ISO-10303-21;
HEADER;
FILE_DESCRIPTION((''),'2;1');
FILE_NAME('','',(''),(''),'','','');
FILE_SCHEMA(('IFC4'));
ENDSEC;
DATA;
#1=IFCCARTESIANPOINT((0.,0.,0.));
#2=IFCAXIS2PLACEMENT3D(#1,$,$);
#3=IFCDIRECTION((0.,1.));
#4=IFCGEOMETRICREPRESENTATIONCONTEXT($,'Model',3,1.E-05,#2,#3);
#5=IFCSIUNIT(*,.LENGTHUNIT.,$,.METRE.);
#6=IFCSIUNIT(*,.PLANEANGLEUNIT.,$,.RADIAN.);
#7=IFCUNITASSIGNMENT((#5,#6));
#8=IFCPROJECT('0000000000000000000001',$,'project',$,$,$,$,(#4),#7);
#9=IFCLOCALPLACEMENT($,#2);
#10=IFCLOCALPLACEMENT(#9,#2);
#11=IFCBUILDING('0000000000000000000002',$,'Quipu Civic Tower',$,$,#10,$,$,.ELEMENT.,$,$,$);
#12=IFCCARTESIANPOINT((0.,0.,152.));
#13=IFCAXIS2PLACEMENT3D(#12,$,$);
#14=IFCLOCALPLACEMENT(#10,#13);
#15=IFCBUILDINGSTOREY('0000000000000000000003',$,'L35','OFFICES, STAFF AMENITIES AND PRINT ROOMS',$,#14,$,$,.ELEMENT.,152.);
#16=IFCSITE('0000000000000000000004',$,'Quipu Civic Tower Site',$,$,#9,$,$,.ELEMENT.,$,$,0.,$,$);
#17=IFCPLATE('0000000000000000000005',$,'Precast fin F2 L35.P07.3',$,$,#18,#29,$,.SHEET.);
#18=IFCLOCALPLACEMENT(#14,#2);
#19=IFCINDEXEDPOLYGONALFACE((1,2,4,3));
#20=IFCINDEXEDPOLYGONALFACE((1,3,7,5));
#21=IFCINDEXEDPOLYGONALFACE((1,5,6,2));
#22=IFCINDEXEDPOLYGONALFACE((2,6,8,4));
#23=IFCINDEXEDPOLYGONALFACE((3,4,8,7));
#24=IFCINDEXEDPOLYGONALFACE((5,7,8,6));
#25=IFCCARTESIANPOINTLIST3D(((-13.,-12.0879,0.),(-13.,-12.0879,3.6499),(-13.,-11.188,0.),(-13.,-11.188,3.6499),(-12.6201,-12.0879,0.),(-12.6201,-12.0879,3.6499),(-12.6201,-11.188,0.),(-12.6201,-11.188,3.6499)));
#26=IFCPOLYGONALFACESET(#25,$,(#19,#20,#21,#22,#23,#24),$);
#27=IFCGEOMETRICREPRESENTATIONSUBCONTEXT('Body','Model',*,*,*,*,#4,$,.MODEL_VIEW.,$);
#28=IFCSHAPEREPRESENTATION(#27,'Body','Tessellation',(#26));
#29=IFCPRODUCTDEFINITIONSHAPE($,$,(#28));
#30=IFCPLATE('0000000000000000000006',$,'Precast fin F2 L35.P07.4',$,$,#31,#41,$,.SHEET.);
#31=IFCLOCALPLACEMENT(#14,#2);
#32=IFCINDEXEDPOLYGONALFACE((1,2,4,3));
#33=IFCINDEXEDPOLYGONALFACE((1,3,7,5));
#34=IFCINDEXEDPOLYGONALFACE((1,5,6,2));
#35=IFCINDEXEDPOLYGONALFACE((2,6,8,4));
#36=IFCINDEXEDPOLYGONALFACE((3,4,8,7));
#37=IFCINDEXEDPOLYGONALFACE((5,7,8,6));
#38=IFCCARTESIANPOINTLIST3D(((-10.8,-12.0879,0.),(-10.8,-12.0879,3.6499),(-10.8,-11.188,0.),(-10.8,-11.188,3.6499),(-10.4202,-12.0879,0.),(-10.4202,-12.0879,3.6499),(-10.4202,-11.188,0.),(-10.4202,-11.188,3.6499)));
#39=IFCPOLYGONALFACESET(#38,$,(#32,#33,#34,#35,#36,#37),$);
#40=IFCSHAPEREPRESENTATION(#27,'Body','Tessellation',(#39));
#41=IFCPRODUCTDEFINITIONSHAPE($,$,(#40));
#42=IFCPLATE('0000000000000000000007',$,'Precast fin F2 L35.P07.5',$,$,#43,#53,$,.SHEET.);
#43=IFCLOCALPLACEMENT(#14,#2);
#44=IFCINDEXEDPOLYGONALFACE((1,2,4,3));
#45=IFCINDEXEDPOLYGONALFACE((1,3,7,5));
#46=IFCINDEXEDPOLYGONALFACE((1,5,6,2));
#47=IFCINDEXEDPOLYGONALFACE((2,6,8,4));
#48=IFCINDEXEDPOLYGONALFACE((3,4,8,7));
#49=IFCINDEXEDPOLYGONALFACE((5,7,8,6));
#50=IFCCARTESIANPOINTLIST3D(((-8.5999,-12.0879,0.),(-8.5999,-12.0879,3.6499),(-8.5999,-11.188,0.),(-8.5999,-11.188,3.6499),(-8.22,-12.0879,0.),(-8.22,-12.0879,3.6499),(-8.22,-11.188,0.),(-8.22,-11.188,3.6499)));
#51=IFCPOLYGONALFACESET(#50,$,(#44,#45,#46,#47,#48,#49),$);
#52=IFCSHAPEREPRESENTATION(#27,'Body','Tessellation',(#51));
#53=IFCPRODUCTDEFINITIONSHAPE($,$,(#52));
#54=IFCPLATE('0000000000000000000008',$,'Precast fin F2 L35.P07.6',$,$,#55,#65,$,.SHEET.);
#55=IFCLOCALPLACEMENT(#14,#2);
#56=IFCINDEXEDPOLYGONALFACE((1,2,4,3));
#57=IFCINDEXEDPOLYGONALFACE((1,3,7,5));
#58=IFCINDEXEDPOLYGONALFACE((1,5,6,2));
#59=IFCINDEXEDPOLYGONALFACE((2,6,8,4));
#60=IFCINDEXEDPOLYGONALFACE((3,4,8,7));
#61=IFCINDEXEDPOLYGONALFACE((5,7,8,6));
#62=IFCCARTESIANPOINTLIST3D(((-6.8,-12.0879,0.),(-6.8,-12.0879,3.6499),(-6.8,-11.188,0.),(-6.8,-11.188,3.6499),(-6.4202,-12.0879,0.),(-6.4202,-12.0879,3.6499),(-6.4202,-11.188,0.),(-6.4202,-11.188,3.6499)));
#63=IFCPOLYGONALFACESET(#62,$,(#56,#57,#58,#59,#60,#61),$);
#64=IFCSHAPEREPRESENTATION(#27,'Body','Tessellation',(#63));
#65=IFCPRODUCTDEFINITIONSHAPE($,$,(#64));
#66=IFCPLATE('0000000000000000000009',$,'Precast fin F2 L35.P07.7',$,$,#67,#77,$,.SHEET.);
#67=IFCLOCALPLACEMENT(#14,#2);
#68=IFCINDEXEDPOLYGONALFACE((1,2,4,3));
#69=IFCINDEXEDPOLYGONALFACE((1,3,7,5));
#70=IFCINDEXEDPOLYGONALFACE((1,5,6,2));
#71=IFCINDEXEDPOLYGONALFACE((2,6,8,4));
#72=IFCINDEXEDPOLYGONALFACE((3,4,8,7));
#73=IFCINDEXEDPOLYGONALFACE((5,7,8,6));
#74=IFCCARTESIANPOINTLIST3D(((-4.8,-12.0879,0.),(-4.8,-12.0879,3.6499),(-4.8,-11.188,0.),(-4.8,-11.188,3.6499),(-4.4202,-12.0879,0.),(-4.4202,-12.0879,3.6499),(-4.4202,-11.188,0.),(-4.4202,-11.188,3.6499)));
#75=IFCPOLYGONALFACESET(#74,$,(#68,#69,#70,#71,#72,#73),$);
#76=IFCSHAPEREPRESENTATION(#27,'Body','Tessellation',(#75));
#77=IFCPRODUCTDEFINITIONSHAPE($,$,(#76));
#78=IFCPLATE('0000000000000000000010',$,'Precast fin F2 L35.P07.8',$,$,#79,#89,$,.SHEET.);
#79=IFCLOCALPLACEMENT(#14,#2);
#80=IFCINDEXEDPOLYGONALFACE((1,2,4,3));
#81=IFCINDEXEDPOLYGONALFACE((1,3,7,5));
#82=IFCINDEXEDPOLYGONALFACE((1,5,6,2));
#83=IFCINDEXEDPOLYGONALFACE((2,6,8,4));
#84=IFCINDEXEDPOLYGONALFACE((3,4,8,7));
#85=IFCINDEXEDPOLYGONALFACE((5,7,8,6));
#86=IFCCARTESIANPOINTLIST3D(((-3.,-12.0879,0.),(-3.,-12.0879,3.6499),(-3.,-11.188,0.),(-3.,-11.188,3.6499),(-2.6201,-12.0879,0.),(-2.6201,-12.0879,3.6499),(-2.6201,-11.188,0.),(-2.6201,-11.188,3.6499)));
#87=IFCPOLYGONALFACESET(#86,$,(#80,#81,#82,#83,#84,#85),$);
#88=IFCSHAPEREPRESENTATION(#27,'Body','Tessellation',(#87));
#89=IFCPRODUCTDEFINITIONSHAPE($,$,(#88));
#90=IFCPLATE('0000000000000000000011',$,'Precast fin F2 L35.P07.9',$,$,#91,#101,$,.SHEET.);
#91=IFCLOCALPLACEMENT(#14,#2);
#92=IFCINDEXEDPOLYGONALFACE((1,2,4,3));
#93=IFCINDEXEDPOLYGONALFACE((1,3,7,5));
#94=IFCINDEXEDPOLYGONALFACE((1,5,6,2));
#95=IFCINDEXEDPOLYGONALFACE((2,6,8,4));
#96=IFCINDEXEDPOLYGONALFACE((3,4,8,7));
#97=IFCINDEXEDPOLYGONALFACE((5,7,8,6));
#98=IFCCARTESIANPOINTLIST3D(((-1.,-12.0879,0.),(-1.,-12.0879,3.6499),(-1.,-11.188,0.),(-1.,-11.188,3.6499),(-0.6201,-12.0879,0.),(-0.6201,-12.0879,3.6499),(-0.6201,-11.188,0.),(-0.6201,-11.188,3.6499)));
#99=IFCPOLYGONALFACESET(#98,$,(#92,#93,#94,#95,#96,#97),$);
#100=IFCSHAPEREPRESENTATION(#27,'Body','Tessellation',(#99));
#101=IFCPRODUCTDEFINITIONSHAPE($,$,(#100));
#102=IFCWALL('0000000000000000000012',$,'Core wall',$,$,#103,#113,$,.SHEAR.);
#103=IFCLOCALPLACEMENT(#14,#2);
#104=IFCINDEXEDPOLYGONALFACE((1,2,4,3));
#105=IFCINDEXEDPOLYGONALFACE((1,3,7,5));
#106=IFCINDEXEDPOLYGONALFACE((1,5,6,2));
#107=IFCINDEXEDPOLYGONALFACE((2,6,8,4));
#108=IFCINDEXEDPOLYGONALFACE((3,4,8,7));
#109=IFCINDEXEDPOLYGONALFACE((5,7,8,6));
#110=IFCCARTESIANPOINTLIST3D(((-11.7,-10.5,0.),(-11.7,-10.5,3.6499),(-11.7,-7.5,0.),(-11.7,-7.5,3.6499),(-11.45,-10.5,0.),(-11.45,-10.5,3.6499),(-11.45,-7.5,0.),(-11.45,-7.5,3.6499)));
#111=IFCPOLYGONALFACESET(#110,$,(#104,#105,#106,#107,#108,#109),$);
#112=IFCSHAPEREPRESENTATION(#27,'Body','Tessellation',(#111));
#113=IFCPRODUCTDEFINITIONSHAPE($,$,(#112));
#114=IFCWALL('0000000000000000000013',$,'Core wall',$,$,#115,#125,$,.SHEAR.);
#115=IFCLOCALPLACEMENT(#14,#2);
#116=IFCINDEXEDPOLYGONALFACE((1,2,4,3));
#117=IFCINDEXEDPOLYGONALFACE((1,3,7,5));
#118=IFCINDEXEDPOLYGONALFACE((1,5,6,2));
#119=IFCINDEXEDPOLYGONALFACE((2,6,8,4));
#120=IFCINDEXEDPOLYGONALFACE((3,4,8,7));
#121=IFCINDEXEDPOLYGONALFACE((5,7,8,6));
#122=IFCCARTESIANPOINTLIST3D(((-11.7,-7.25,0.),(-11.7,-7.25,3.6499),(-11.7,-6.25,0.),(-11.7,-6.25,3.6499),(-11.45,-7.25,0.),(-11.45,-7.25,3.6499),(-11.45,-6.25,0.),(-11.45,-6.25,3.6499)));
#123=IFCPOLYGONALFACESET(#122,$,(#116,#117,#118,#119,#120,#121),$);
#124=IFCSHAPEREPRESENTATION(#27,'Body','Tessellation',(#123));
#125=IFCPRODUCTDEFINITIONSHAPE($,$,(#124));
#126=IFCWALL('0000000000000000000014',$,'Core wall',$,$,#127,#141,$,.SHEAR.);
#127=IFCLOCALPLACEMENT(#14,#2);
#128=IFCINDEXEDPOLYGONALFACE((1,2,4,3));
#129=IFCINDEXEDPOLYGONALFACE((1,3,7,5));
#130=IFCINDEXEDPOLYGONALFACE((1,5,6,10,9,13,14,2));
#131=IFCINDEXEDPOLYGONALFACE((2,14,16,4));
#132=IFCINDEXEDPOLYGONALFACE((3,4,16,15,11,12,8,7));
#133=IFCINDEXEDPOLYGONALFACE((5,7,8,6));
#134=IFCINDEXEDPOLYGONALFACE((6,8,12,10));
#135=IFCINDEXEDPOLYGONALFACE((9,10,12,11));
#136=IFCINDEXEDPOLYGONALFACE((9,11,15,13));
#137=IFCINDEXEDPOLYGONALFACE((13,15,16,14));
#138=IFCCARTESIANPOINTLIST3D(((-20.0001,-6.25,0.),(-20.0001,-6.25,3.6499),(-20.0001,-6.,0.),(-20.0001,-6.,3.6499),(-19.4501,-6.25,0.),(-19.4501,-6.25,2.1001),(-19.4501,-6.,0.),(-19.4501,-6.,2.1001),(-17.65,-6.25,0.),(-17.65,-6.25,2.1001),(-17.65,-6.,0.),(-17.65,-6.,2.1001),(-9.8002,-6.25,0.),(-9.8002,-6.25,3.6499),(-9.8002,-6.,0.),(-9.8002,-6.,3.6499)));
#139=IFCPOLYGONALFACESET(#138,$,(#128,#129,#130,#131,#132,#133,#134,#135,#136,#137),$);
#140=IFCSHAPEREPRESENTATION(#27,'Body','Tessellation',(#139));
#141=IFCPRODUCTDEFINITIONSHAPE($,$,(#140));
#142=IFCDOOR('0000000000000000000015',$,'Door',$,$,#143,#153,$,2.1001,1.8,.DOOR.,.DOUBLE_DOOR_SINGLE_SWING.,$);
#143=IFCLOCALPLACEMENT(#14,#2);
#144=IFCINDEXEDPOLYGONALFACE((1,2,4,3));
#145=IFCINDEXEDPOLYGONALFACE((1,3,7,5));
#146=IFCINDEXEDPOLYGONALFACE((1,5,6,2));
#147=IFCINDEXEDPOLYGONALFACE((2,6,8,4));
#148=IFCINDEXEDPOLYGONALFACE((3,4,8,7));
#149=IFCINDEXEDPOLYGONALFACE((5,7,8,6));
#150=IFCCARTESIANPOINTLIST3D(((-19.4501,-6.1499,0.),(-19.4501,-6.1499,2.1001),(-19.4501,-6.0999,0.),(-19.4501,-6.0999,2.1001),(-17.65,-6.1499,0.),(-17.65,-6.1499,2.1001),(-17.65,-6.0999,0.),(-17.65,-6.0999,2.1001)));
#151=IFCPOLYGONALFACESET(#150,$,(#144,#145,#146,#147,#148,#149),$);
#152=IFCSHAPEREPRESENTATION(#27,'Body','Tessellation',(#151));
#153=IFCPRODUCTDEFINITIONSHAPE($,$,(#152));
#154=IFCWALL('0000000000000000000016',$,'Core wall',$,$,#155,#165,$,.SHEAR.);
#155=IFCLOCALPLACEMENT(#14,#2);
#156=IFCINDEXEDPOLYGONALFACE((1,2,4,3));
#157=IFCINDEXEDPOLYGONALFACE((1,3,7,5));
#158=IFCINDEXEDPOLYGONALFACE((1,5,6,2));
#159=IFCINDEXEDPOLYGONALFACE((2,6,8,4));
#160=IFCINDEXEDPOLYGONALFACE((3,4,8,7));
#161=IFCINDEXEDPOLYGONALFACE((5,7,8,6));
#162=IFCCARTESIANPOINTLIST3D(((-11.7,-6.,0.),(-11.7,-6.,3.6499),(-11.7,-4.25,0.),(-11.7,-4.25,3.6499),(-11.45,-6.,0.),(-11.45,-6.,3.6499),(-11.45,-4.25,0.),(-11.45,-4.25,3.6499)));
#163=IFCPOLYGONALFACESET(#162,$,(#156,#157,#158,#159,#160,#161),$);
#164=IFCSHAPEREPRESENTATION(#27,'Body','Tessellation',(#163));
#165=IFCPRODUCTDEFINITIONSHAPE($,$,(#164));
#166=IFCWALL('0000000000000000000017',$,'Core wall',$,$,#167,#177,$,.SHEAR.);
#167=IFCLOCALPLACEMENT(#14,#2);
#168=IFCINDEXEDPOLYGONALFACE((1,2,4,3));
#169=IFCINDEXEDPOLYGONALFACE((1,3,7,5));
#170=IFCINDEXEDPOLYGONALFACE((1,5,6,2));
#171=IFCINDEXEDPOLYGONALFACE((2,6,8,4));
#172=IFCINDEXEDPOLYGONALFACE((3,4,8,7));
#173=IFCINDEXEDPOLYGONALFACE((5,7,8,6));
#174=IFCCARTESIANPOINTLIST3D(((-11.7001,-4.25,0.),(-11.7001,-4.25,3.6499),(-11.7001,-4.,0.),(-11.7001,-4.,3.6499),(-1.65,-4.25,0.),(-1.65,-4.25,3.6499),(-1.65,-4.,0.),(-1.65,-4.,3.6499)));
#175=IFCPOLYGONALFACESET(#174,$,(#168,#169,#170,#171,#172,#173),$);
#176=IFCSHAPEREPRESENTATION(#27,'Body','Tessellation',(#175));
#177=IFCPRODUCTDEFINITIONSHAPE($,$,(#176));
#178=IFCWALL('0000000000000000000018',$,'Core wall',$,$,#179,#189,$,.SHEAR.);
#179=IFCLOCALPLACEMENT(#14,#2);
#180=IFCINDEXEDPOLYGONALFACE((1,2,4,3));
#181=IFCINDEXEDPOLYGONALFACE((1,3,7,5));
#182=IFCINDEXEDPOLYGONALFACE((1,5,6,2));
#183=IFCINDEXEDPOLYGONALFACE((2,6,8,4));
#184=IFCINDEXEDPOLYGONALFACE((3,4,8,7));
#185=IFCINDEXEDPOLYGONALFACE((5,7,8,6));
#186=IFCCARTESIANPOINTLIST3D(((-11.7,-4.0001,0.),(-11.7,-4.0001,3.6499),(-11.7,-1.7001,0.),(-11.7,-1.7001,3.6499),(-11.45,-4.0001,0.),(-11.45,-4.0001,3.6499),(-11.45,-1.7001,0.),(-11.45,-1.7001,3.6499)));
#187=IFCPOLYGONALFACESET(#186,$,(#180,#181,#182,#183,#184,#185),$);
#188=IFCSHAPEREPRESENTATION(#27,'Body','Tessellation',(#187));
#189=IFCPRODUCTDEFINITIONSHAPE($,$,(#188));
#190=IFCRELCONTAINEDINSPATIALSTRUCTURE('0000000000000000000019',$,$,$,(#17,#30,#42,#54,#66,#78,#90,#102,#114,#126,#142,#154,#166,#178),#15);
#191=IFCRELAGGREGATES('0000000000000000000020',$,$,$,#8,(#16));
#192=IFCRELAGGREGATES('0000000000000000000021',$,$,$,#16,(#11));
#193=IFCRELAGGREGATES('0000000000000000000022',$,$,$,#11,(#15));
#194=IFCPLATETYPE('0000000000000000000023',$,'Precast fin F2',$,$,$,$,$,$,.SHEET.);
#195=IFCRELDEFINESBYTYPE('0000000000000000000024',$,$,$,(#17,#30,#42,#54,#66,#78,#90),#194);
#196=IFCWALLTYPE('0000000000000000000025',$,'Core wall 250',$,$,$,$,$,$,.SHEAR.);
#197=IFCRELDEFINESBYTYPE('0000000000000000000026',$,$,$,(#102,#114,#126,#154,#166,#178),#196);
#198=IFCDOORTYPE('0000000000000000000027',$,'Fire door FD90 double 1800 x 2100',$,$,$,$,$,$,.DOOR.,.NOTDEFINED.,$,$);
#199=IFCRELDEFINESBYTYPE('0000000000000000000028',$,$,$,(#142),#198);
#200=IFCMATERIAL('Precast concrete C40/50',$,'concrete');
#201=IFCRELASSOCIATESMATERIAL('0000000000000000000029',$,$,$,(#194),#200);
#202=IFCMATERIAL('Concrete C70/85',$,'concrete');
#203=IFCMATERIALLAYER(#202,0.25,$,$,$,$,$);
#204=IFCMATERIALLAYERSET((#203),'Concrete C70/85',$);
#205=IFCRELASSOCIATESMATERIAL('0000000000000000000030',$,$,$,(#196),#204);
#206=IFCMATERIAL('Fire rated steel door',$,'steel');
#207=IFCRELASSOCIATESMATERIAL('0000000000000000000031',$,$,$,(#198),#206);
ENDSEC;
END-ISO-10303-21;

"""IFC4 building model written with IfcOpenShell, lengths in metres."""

from ifc_helpers import new_model, si_unit, direction, frame, frame_2d, origin, origin_2d, place, context, subcontext, project, spatial, rectangle, extrude, material, layer, layer_set, type_object, element, fill, save


model = new_model("IFC4")

# Units and contexts
model_context = context("Model", 3, precision=1e-05, world=origin(), true_north=direction((0.0, 1.0)))
body_context = subcontext(model_context, "Body", "Model", "MODEL_VIEW")
ifc_project = project(units=[si_unit("LENGTHUNIT", "METRE"), si_unit("PLANEANGLEUNIT", "RADIAN")], contexts=[model_context])

# Site, building, storey
site_placement = place(None, origin())
site = spatial("IfcSite", under=ifc_project, at=site_placement, Name="Quipu Civic Tower Site", CompositionType="ELEMENT", RefElevation=0.0)
building_placement = place(site_placement, origin())
building = spatial("IfcBuilding", under=site, at=building_placement, Name="Quipu Civic Tower", CompositionType="ELEMENT")
storey_placement = place(building_placement, frame((0.0, 0.0, 152.0)))
storey = spatial("IfcBuildingStorey", under=building, at=storey_placement, Name="L35", Description="OFFICES, STAFF AMENITIES AND PRINT ROOMS", CompositionType="ELEMENT", Elevation=152.0)

# Plates
ifc_material_1 = material(Name="Precast concrete C40/50", Category="concrete")
plate_type = type_object("IfcPlateType", Name="Precast fin F2", PredefinedType="SHEET", material=ifc_material_1)
for number, where, z_axis, x_axis, name in (
    (1, (-12.8101, -11.6379, 0.0), (0.0, 0.0, 1.0), (1.0, 0.0, 0.0), "Precast fin F2 L35.P07.3"),
    (2, (-10.6101, -11.6379, 0.0), (0.0, 0.0, 1.0), (1.0, 0.0, 0.0), "Precast fin F2 L35.P07.4"),
    (3, (-8.4099, -11.6379, 0.0), (0.0, 0.0, 1.0), (1.0, 0.0, 0.0), "Precast fin F2 L35.P07.5"),
    (4, (-6.6101, -11.6379, 0.0), (0.0, 0.0, 1.0), (1.0, 0.0, 0.0), "Precast fin F2 L35.P07.6"),
    (5, (-4.6101, -11.6379, 0.0), (0.0, 0.0, 1.0), (1.0, 0.0, 0.0), "Precast fin F2 L35.P07.7"),
    (6, (-2.8101, -11.6379, 0.0), (0.0, 0.0, 1.0), (1.0, 0.0, 0.0), "Precast fin F2 L35.P07.8"),
    (7, (-0.8101, -11.6379, 0.0), (0.0, 0.0, 1.0), (1.0, 0.0, 0.0), "Precast fin F2 L35.P07.9"),
):
    element("IfcPlate", number, at=place(storey_placement, frame(where, z_axis=z_axis, x_axis=x_axis)), inside=storey, type_object=plate_type, Name=name, PredefinedType="SHEET", context=body_context, shape_type="SweptSolid", body=[
        extrude(rectangle(XDim=0.3799, YDim=0.8999, at=origin_2d()), origin(), (0.0, 0.0, 1.0), 3.6499),
    ])

# Walls
ifc_material_2 = material(Name="Concrete C70/85", Category="concrete")
ifc_layer_1 = layer(ifc_material_2, 0.25)
ifc_layer_set_1 = layer_set([ifc_layer_1], Name="Concrete C70/85")
wall_type_1 = type_object("IfcWallType", Name="Core wall 250", PredefinedType="SHEAR", material=ifc_layer_set_1)
wall_1_placement = place(storey_placement, frame((-11.575, -10.5, 0.0), z_axis=(0.0, 0.0, 1.0), x_axis=(0.0, 1.0, 0.0)))
element("IfcWall", 8, at=wall_1_placement, inside=storey, type_object=wall_type_1, Name="Core wall", PredefinedType="SHEAR", context=body_context, shape_type="SweptSolid", body=[
    extrude(rectangle(XDim=3.0, YDim=0.25, at=frame_2d((1.5, 0.0))), origin(), (0.0, 0.0, 1.0), 3.6499),
])
wall_2_placement = place(storey_placement, frame((-11.575, -7.25, 0.0), z_axis=(0.0, 0.0, 1.0), x_axis=(0.0, 1.0, 0.0)))
element("IfcWall", 9, at=wall_2_placement, inside=storey, type_object=wall_type_1, Name="Core wall", PredefinedType="SHEAR", context=body_context, shape_type="SweptSolid", body=[
    extrude(rectangle(XDim=1.0, YDim=0.25, at=frame_2d((0.5, 0.0))), origin(), (0.0, 0.0, 1.0), 3.6499),
])

# Wall, opening, door
wall_3_placement = place(storey_placement, frame((-9.8, -6.125, 0.0), z_axis=(0.0, 0.0, 1.0), x_axis=(-1.0, 0.0, 0.0)))
wall_3 = element("IfcWall", 10, at=wall_3_placement, inside=storey, type_object=wall_type_1, Name="Core wall", PredefinedType="SHEAR", context=body_context, shape_type="SweptSolid", body=[
    extrude(rectangle(XDim=10.2, YDim=0.25, at=frame_2d((5.1001, 0.0))), origin(), (0.0, 0.0, 1.0), 3.6499),
])
opening_1_placement = place(wall_3_placement, frame((7.8501, 0.0, 0.0)))
opening_1 = element("IfcOpeningElement", 11, at=opening_1_placement, cuts=wall_3, PredefinedType="OPENING", context=body_context, shape_type="SweptSolid", body=[
    extrude(rectangle(XDim=1.8, YDim=2.1001, at=frame_2d((0.8999, 1.05))), frame((0.0, 0.135, 0.0), z_axis=(0.0, -1.0, 0.0), x_axis=(1.0, 0.0, 0.0)), (0.0, 0.0, 1.0), 0.27),
])
ifc_material_3 = material(Name="Fire rated steel door", Category="steel")
door_type_1 = type_object("IfcDoorType", Name="Fire door FD90 double 1800 x 2100", OperationType="NOTDEFINED", PredefinedType="DOOR", material=ifc_material_3)
door_1_placement = place(opening_1_placement, origin())
door_1 = element("IfcDoor", 12, at=door_1_placement, inside=storey, type_object=door_type_1, Name="Door", OperationType="DOUBLE_DOOR_SINGLE_SWING", OverallHeight=2.1001, OverallWidth=1.8, PredefinedType="DOOR", context=body_context, shape_type="SweptSolid", body=[
    extrude(rectangle(XDim=1.8, YDim=2.1001, at=frame_2d((0.8999, 1.05))), frame((0.0, 0.0249, 0.0), z_axis=(0.0, -1.0, 0.0), x_axis=(1.0, 0.0, 0.0)), (0.0, 0.0, 1.0), 0.05),
])
fill(opening_1, door_1)

# Walls
wall_4_placement = place(storey_placement, frame((-11.575, -6.0, 0.0), z_axis=(0.0, 0.0, 1.0), x_axis=(0.0, 1.0, 0.0)))
element("IfcWall", 13, at=wall_4_placement, inside=storey, type_object=wall_type_1, Name="Core wall", PredefinedType="SHEAR", context=body_context, shape_type="SweptSolid", body=[
    extrude(rectangle(XDim=1.75, YDim=0.25, at=frame_2d((0.875, 0.0))), origin(), (0.0, 0.0, 1.0), 3.6499),
])
wall_5_placement = place(storey_placement, frame((-11.7, -4.125, 0.0), z_axis=(0.0, 0.0, 1.0), x_axis=(1.0, 0.0, 0.0)))
element("IfcWall", 14, at=wall_5_placement, inside=storey, type_object=wall_type_1, Name="Core wall", PredefinedType="SHEAR", context=body_context, shape_type="SweptSolid", body=[
    extrude(rectangle(XDim=10.05, YDim=0.25, at=frame_2d((5.0249, 0.0))), origin(), (0.0, 0.0, 1.0), 3.6499),
])
wall_6_placement = place(storey_placement, frame((-11.575, -4.0, 0.0), z_axis=(0.0, 0.0, 1.0), x_axis=(0.0, 1.0, 0.0)))
element("IfcWall", 15, at=wall_6_placement, inside=storey, type_object=wall_type_1, Name="Core wall", PredefinedType="SHEAR", context=body_context, shape_type="SweptSolid", body=[
    extrude(rectangle(XDim=2.3, YDim=0.25, at=frame_2d((1.1499, 0.0))), origin(), (0.0, 0.0, 1.0), 3.6499),
])

save(model, "model.ifc")
